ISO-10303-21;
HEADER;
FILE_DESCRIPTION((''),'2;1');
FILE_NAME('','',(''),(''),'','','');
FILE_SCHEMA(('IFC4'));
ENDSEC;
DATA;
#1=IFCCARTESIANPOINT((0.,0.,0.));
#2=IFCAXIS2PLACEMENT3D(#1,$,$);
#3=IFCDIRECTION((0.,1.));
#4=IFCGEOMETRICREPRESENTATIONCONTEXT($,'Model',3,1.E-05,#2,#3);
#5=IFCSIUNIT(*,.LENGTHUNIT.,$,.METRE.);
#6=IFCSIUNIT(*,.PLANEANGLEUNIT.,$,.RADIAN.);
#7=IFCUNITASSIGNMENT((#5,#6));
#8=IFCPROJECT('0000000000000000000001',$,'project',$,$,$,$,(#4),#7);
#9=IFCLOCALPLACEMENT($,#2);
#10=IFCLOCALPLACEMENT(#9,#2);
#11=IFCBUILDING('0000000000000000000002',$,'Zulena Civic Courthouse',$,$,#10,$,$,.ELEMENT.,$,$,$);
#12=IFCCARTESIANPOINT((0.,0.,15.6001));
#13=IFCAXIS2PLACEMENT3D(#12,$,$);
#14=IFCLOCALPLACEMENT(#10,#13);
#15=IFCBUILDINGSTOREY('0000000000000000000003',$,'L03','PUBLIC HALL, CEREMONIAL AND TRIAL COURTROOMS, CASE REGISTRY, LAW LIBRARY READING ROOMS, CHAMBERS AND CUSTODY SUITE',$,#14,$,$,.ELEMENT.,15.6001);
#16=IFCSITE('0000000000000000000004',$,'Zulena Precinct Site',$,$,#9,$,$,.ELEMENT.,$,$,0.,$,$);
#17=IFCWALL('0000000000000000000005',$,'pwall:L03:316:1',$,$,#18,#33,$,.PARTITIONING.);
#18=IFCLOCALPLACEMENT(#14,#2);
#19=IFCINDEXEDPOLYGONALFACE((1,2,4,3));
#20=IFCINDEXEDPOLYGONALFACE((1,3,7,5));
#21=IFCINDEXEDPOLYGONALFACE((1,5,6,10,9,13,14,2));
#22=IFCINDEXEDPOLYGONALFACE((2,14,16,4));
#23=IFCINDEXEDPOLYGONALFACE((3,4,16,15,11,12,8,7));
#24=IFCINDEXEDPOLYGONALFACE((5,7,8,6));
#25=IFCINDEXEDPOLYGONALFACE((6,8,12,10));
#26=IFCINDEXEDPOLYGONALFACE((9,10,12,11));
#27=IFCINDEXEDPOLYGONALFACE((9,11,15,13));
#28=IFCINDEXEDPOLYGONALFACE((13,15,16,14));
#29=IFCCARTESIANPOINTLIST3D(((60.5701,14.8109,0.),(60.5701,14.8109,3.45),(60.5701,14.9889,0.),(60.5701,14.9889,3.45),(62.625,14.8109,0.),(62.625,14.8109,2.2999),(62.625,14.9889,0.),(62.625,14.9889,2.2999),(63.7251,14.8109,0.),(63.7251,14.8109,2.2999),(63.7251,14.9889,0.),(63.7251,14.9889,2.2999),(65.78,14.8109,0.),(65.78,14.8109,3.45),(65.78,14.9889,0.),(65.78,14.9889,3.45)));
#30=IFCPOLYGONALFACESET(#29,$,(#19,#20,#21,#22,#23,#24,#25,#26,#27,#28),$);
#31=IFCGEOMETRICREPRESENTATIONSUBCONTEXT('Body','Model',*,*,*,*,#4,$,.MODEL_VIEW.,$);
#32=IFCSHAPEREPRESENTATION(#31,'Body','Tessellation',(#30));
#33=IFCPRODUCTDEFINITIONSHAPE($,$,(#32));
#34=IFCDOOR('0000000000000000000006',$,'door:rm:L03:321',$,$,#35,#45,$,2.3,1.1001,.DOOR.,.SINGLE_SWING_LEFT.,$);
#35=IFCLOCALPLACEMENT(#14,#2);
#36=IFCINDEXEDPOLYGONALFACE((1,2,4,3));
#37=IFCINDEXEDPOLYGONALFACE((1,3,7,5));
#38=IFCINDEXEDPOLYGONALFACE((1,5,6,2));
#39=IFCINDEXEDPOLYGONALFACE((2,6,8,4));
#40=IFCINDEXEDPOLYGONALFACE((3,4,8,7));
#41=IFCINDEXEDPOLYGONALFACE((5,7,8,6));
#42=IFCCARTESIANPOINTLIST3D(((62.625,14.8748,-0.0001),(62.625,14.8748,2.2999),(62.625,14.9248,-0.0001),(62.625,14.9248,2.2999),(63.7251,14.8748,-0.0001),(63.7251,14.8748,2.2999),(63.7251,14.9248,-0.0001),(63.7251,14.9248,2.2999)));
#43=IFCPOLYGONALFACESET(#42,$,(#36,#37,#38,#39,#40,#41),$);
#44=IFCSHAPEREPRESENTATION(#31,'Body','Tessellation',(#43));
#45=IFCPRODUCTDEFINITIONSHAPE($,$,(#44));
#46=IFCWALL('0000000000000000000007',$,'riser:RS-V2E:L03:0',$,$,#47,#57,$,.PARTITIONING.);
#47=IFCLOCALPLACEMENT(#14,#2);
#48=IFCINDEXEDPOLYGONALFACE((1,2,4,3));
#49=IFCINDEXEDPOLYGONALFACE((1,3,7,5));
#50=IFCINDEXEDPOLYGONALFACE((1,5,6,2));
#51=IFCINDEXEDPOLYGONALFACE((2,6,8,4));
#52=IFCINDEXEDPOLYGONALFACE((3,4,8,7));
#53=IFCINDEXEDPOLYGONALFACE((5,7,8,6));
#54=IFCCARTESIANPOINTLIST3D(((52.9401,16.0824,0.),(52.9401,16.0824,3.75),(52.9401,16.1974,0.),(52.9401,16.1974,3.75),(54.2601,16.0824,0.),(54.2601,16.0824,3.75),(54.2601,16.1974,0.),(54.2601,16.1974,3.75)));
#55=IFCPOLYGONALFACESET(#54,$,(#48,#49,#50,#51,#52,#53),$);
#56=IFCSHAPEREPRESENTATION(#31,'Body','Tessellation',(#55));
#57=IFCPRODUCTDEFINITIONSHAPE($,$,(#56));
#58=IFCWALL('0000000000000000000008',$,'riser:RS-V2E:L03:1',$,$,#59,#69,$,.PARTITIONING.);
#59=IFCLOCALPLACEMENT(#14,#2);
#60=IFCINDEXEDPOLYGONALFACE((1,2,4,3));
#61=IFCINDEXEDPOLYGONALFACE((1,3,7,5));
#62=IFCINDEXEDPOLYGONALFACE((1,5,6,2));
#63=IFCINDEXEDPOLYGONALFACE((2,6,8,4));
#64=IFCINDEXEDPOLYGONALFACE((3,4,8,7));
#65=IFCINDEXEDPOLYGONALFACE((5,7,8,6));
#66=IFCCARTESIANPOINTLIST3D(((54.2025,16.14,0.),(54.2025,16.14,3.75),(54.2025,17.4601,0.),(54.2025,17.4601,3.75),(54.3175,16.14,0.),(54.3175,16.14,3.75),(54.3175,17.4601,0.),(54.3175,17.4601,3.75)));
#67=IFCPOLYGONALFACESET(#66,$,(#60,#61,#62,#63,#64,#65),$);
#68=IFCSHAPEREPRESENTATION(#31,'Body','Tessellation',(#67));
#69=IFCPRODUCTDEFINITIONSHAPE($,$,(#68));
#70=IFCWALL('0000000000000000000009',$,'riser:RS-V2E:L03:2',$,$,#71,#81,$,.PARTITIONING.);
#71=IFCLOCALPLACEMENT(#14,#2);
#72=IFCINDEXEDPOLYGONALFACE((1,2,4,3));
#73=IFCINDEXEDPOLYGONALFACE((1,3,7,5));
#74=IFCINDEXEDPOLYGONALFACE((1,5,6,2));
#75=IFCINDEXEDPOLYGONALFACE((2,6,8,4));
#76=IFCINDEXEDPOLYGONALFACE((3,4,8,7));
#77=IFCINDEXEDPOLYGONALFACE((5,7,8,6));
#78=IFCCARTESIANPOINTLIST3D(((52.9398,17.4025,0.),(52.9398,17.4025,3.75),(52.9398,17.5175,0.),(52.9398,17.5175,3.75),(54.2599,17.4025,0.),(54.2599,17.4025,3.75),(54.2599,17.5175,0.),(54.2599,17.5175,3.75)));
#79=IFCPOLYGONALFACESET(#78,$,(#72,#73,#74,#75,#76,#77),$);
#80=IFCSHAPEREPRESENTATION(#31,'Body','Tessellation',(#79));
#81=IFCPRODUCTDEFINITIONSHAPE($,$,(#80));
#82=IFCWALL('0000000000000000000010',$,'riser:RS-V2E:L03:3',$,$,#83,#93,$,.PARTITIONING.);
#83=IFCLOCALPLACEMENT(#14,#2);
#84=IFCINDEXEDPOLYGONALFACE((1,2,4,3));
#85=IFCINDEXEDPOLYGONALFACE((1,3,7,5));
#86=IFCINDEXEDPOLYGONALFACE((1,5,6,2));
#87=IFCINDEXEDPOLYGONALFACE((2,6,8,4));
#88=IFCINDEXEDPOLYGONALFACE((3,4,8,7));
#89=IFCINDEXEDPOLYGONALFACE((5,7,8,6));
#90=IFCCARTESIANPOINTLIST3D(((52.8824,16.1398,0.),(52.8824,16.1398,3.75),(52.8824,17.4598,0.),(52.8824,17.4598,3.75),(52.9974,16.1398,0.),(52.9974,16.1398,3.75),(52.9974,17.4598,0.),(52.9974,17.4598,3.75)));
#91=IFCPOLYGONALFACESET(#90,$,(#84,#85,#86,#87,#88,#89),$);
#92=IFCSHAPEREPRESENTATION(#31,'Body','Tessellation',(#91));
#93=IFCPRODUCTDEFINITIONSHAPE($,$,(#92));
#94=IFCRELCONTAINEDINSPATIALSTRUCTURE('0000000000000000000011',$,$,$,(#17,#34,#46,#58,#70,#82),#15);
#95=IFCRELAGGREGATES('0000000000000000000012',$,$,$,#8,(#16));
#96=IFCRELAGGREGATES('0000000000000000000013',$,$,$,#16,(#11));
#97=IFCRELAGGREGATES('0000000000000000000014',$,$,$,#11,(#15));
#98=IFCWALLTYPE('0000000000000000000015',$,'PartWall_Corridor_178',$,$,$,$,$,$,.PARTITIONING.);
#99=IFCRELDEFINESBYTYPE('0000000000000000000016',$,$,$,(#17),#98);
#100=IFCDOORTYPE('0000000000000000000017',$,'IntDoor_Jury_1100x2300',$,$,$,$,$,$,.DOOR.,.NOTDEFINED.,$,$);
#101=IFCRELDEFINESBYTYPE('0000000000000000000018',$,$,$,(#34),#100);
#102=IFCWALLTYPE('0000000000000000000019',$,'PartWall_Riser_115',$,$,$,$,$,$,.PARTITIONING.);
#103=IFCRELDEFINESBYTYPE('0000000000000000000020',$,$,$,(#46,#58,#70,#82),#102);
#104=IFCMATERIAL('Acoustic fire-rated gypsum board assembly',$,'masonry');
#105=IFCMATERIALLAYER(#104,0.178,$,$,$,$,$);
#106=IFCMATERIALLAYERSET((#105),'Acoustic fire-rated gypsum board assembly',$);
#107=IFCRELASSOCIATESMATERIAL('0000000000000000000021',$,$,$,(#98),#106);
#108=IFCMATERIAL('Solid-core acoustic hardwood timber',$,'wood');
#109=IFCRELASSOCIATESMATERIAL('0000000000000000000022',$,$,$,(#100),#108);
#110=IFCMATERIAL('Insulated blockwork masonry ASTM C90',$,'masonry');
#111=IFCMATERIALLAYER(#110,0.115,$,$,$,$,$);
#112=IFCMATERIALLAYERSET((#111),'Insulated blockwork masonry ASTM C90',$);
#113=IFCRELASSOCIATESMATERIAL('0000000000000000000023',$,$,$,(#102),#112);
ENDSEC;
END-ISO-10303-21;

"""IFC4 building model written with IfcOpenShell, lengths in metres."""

from ifc_helpers import new_model, si_unit, direction, frame, frame_2d, origin, place, context, subcontext, project, spatial, rectangle, extrude, material, layer, layer_set, type_object, element, fill, save


model = new_model("IFC4")

# Units and contexts
model_context = context("Model", 3, precision=1e-05, world=origin(), true_north=direction((0.0, 1.0)))
body_context = subcontext(model_context, "Body", "Model", "MODEL_VIEW")
ifc_project = project(units=[si_unit("LENGTHUNIT", "METRE"), si_unit("PLANEANGLEUNIT", "RADIAN")], contexts=[model_context])

# Site, building, storey
site_placement = place(None, origin())
site = spatial("IfcSite", under=ifc_project, at=site_placement, Name="Zulena Precinct Site", CompositionType="ELEMENT", RefElevation=0.0)
building_placement = place(site_placement, origin())
building = spatial("IfcBuilding", under=site, at=building_placement, Name="Zulena Civic Courthouse", CompositionType="ELEMENT")
storey_placement = place(building_placement, frame((0.0, 0.0, 15.6001)))
storey = spatial("IfcBuildingStorey", under=building, at=storey_placement, Name="L03", Description="PUBLIC HALL, CEREMONIAL AND TRIAL COURTROOMS, CASE REGISTRY, LAW LIBRARY READING ROOMS, CHAMBERS AND CUSTODY SUITE", CompositionType="ELEMENT", Elevation=15.6001)

# Shared definitions
ifc_material_1 = material(Name="Acoustic fire-rated gypsum board assembly", Category="masonry")

# Wall, opening, door
ifc_layer_1 = layer(ifc_material_1, 0.178)
ifc_layer_set_1 = layer_set([ifc_layer_1], Name="Acoustic fire-rated gypsum board assembly")
wall_type_1 = type_object("IfcWallType", Name="PartWall_Corridor_178", PredefinedType="PARTITIONING", material=ifc_layer_set_1)
wall_1_placement = place(storey_placement, frame((60.5701, 14.8999, 0.0), z_axis=(0.0, 0.0, 1.0), x_axis=(1.0, 0.0, 0.0)))
wall_1 = element("IfcWall", 1, at=wall_1_placement, inside=storey, type_object=wall_type_1, Name="pwall:L03:316:1", PredefinedType="PARTITIONING", context=body_context, shape_type="SweptSolid", body=[
    extrude(rectangle(XDim=5.21, YDim=0.178, at=frame_2d((2.605, 0.0))), origin(), (0.0, 0.0, 1.0), 3.45),
])
opening_1_placement = place(wall_1_placement, frame((2.0549, 0.0, 0.0)))
opening_1 = element("IfcOpeningElement", 2, at=opening_1_placement, cuts=wall_1, PredefinedType="OPENING", context=body_context, shape_type="SweptSolid", body=[
    extrude(rectangle(XDim=1.1001, YDim=2.3, at=frame_2d((0.55, 1.1499))), frame((0.0, 0.0989, 0.0), z_axis=(0.0, -1.0, 0.0), x_axis=(1.0, 0.0, 0.0)), (0.0, 0.0, 1.0), 0.198),
])
ifc_material_2 = material(Name="Solid-core acoustic hardwood timber", Category="wood")
door_type_1 = type_object("IfcDoorType", Name="IntDoor_Jury_1100x2300", OperationType="NOTDEFINED", PredefinedType="DOOR", material=ifc_material_2)
door_1_placement = place(opening_1_placement, origin())
door_1 = element("IfcDoor", 3, at=door_1_placement, inside=storey, type_object=door_type_1, Name="door:rm:L03:321", OperationType="SINGLE_SWING_LEFT", OverallHeight=2.3, OverallWidth=1.1001, PredefinedType="DOOR", context=body_context, shape_type="SweptSolid", body=[
    extrude(rectangle(XDim=1.1001, YDim=2.3, at=frame_2d((0.55, 1.1499))), frame((0.0, 0.0249, 0.0), z_axis=(0.0, -1.0, 0.0), x_axis=(1.0, 0.0, 0.0)), (0.0, 0.0, 1.0), 0.05),
])
fill(opening_1, door_1)

# Walls
ifc_material_3 = material(Name="Insulated blockwork masonry ASTM C90", Category="masonry")
ifc_layer_2 = layer(ifc_material_3, 0.115)
ifc_layer_set_2 = layer_set([ifc_layer_2], Name="Insulated blockwork masonry ASTM C90")
wall_type_2 = type_object("IfcWallType", Name="PartWall_Riser_115", PredefinedType="PARTITIONING", material=ifc_layer_set_2)
for number, where, z_axis, x_axis, name in (
    (4, (52.9399, 16.1399, 0.0), (0.0, 0.0, 1.0), (1.0, 0.0, 0.0), "riser:RS-V2E:L03:0"),
    (5, (54.26, 16.1399, 0.0), (0.0, 0.0, 1.0), (0.0, 1.0, 0.0), "riser:RS-V2E:L03:1"),
    (6, (54.26, 17.46, 0.0), (0.0, 0.0, 1.0), (-1.0, 0.0, 0.0), "riser:RS-V2E:L03:2"),
    (7, (52.9399, 17.46, 0.0), (0.0, 0.0, 1.0), (0.0, -1.0, 0.0), "riser:RS-V2E:L03:3"),
):
    element("IfcWall", number, at=place(storey_placement, frame(where, z_axis=z_axis, x_axis=x_axis)), inside=storey, type_object=wall_type_2, Name=name, PredefinedType="PARTITIONING", context=body_context, shape_type="SweptSolid", body=[
        extrude(rectangle(XDim=1.3201, YDim=0.115, at=frame_2d((0.6602, 0.0))), origin(), (0.0, 0.0, 1.0), 3.75),
    ])

save(model, "model.ifc")
